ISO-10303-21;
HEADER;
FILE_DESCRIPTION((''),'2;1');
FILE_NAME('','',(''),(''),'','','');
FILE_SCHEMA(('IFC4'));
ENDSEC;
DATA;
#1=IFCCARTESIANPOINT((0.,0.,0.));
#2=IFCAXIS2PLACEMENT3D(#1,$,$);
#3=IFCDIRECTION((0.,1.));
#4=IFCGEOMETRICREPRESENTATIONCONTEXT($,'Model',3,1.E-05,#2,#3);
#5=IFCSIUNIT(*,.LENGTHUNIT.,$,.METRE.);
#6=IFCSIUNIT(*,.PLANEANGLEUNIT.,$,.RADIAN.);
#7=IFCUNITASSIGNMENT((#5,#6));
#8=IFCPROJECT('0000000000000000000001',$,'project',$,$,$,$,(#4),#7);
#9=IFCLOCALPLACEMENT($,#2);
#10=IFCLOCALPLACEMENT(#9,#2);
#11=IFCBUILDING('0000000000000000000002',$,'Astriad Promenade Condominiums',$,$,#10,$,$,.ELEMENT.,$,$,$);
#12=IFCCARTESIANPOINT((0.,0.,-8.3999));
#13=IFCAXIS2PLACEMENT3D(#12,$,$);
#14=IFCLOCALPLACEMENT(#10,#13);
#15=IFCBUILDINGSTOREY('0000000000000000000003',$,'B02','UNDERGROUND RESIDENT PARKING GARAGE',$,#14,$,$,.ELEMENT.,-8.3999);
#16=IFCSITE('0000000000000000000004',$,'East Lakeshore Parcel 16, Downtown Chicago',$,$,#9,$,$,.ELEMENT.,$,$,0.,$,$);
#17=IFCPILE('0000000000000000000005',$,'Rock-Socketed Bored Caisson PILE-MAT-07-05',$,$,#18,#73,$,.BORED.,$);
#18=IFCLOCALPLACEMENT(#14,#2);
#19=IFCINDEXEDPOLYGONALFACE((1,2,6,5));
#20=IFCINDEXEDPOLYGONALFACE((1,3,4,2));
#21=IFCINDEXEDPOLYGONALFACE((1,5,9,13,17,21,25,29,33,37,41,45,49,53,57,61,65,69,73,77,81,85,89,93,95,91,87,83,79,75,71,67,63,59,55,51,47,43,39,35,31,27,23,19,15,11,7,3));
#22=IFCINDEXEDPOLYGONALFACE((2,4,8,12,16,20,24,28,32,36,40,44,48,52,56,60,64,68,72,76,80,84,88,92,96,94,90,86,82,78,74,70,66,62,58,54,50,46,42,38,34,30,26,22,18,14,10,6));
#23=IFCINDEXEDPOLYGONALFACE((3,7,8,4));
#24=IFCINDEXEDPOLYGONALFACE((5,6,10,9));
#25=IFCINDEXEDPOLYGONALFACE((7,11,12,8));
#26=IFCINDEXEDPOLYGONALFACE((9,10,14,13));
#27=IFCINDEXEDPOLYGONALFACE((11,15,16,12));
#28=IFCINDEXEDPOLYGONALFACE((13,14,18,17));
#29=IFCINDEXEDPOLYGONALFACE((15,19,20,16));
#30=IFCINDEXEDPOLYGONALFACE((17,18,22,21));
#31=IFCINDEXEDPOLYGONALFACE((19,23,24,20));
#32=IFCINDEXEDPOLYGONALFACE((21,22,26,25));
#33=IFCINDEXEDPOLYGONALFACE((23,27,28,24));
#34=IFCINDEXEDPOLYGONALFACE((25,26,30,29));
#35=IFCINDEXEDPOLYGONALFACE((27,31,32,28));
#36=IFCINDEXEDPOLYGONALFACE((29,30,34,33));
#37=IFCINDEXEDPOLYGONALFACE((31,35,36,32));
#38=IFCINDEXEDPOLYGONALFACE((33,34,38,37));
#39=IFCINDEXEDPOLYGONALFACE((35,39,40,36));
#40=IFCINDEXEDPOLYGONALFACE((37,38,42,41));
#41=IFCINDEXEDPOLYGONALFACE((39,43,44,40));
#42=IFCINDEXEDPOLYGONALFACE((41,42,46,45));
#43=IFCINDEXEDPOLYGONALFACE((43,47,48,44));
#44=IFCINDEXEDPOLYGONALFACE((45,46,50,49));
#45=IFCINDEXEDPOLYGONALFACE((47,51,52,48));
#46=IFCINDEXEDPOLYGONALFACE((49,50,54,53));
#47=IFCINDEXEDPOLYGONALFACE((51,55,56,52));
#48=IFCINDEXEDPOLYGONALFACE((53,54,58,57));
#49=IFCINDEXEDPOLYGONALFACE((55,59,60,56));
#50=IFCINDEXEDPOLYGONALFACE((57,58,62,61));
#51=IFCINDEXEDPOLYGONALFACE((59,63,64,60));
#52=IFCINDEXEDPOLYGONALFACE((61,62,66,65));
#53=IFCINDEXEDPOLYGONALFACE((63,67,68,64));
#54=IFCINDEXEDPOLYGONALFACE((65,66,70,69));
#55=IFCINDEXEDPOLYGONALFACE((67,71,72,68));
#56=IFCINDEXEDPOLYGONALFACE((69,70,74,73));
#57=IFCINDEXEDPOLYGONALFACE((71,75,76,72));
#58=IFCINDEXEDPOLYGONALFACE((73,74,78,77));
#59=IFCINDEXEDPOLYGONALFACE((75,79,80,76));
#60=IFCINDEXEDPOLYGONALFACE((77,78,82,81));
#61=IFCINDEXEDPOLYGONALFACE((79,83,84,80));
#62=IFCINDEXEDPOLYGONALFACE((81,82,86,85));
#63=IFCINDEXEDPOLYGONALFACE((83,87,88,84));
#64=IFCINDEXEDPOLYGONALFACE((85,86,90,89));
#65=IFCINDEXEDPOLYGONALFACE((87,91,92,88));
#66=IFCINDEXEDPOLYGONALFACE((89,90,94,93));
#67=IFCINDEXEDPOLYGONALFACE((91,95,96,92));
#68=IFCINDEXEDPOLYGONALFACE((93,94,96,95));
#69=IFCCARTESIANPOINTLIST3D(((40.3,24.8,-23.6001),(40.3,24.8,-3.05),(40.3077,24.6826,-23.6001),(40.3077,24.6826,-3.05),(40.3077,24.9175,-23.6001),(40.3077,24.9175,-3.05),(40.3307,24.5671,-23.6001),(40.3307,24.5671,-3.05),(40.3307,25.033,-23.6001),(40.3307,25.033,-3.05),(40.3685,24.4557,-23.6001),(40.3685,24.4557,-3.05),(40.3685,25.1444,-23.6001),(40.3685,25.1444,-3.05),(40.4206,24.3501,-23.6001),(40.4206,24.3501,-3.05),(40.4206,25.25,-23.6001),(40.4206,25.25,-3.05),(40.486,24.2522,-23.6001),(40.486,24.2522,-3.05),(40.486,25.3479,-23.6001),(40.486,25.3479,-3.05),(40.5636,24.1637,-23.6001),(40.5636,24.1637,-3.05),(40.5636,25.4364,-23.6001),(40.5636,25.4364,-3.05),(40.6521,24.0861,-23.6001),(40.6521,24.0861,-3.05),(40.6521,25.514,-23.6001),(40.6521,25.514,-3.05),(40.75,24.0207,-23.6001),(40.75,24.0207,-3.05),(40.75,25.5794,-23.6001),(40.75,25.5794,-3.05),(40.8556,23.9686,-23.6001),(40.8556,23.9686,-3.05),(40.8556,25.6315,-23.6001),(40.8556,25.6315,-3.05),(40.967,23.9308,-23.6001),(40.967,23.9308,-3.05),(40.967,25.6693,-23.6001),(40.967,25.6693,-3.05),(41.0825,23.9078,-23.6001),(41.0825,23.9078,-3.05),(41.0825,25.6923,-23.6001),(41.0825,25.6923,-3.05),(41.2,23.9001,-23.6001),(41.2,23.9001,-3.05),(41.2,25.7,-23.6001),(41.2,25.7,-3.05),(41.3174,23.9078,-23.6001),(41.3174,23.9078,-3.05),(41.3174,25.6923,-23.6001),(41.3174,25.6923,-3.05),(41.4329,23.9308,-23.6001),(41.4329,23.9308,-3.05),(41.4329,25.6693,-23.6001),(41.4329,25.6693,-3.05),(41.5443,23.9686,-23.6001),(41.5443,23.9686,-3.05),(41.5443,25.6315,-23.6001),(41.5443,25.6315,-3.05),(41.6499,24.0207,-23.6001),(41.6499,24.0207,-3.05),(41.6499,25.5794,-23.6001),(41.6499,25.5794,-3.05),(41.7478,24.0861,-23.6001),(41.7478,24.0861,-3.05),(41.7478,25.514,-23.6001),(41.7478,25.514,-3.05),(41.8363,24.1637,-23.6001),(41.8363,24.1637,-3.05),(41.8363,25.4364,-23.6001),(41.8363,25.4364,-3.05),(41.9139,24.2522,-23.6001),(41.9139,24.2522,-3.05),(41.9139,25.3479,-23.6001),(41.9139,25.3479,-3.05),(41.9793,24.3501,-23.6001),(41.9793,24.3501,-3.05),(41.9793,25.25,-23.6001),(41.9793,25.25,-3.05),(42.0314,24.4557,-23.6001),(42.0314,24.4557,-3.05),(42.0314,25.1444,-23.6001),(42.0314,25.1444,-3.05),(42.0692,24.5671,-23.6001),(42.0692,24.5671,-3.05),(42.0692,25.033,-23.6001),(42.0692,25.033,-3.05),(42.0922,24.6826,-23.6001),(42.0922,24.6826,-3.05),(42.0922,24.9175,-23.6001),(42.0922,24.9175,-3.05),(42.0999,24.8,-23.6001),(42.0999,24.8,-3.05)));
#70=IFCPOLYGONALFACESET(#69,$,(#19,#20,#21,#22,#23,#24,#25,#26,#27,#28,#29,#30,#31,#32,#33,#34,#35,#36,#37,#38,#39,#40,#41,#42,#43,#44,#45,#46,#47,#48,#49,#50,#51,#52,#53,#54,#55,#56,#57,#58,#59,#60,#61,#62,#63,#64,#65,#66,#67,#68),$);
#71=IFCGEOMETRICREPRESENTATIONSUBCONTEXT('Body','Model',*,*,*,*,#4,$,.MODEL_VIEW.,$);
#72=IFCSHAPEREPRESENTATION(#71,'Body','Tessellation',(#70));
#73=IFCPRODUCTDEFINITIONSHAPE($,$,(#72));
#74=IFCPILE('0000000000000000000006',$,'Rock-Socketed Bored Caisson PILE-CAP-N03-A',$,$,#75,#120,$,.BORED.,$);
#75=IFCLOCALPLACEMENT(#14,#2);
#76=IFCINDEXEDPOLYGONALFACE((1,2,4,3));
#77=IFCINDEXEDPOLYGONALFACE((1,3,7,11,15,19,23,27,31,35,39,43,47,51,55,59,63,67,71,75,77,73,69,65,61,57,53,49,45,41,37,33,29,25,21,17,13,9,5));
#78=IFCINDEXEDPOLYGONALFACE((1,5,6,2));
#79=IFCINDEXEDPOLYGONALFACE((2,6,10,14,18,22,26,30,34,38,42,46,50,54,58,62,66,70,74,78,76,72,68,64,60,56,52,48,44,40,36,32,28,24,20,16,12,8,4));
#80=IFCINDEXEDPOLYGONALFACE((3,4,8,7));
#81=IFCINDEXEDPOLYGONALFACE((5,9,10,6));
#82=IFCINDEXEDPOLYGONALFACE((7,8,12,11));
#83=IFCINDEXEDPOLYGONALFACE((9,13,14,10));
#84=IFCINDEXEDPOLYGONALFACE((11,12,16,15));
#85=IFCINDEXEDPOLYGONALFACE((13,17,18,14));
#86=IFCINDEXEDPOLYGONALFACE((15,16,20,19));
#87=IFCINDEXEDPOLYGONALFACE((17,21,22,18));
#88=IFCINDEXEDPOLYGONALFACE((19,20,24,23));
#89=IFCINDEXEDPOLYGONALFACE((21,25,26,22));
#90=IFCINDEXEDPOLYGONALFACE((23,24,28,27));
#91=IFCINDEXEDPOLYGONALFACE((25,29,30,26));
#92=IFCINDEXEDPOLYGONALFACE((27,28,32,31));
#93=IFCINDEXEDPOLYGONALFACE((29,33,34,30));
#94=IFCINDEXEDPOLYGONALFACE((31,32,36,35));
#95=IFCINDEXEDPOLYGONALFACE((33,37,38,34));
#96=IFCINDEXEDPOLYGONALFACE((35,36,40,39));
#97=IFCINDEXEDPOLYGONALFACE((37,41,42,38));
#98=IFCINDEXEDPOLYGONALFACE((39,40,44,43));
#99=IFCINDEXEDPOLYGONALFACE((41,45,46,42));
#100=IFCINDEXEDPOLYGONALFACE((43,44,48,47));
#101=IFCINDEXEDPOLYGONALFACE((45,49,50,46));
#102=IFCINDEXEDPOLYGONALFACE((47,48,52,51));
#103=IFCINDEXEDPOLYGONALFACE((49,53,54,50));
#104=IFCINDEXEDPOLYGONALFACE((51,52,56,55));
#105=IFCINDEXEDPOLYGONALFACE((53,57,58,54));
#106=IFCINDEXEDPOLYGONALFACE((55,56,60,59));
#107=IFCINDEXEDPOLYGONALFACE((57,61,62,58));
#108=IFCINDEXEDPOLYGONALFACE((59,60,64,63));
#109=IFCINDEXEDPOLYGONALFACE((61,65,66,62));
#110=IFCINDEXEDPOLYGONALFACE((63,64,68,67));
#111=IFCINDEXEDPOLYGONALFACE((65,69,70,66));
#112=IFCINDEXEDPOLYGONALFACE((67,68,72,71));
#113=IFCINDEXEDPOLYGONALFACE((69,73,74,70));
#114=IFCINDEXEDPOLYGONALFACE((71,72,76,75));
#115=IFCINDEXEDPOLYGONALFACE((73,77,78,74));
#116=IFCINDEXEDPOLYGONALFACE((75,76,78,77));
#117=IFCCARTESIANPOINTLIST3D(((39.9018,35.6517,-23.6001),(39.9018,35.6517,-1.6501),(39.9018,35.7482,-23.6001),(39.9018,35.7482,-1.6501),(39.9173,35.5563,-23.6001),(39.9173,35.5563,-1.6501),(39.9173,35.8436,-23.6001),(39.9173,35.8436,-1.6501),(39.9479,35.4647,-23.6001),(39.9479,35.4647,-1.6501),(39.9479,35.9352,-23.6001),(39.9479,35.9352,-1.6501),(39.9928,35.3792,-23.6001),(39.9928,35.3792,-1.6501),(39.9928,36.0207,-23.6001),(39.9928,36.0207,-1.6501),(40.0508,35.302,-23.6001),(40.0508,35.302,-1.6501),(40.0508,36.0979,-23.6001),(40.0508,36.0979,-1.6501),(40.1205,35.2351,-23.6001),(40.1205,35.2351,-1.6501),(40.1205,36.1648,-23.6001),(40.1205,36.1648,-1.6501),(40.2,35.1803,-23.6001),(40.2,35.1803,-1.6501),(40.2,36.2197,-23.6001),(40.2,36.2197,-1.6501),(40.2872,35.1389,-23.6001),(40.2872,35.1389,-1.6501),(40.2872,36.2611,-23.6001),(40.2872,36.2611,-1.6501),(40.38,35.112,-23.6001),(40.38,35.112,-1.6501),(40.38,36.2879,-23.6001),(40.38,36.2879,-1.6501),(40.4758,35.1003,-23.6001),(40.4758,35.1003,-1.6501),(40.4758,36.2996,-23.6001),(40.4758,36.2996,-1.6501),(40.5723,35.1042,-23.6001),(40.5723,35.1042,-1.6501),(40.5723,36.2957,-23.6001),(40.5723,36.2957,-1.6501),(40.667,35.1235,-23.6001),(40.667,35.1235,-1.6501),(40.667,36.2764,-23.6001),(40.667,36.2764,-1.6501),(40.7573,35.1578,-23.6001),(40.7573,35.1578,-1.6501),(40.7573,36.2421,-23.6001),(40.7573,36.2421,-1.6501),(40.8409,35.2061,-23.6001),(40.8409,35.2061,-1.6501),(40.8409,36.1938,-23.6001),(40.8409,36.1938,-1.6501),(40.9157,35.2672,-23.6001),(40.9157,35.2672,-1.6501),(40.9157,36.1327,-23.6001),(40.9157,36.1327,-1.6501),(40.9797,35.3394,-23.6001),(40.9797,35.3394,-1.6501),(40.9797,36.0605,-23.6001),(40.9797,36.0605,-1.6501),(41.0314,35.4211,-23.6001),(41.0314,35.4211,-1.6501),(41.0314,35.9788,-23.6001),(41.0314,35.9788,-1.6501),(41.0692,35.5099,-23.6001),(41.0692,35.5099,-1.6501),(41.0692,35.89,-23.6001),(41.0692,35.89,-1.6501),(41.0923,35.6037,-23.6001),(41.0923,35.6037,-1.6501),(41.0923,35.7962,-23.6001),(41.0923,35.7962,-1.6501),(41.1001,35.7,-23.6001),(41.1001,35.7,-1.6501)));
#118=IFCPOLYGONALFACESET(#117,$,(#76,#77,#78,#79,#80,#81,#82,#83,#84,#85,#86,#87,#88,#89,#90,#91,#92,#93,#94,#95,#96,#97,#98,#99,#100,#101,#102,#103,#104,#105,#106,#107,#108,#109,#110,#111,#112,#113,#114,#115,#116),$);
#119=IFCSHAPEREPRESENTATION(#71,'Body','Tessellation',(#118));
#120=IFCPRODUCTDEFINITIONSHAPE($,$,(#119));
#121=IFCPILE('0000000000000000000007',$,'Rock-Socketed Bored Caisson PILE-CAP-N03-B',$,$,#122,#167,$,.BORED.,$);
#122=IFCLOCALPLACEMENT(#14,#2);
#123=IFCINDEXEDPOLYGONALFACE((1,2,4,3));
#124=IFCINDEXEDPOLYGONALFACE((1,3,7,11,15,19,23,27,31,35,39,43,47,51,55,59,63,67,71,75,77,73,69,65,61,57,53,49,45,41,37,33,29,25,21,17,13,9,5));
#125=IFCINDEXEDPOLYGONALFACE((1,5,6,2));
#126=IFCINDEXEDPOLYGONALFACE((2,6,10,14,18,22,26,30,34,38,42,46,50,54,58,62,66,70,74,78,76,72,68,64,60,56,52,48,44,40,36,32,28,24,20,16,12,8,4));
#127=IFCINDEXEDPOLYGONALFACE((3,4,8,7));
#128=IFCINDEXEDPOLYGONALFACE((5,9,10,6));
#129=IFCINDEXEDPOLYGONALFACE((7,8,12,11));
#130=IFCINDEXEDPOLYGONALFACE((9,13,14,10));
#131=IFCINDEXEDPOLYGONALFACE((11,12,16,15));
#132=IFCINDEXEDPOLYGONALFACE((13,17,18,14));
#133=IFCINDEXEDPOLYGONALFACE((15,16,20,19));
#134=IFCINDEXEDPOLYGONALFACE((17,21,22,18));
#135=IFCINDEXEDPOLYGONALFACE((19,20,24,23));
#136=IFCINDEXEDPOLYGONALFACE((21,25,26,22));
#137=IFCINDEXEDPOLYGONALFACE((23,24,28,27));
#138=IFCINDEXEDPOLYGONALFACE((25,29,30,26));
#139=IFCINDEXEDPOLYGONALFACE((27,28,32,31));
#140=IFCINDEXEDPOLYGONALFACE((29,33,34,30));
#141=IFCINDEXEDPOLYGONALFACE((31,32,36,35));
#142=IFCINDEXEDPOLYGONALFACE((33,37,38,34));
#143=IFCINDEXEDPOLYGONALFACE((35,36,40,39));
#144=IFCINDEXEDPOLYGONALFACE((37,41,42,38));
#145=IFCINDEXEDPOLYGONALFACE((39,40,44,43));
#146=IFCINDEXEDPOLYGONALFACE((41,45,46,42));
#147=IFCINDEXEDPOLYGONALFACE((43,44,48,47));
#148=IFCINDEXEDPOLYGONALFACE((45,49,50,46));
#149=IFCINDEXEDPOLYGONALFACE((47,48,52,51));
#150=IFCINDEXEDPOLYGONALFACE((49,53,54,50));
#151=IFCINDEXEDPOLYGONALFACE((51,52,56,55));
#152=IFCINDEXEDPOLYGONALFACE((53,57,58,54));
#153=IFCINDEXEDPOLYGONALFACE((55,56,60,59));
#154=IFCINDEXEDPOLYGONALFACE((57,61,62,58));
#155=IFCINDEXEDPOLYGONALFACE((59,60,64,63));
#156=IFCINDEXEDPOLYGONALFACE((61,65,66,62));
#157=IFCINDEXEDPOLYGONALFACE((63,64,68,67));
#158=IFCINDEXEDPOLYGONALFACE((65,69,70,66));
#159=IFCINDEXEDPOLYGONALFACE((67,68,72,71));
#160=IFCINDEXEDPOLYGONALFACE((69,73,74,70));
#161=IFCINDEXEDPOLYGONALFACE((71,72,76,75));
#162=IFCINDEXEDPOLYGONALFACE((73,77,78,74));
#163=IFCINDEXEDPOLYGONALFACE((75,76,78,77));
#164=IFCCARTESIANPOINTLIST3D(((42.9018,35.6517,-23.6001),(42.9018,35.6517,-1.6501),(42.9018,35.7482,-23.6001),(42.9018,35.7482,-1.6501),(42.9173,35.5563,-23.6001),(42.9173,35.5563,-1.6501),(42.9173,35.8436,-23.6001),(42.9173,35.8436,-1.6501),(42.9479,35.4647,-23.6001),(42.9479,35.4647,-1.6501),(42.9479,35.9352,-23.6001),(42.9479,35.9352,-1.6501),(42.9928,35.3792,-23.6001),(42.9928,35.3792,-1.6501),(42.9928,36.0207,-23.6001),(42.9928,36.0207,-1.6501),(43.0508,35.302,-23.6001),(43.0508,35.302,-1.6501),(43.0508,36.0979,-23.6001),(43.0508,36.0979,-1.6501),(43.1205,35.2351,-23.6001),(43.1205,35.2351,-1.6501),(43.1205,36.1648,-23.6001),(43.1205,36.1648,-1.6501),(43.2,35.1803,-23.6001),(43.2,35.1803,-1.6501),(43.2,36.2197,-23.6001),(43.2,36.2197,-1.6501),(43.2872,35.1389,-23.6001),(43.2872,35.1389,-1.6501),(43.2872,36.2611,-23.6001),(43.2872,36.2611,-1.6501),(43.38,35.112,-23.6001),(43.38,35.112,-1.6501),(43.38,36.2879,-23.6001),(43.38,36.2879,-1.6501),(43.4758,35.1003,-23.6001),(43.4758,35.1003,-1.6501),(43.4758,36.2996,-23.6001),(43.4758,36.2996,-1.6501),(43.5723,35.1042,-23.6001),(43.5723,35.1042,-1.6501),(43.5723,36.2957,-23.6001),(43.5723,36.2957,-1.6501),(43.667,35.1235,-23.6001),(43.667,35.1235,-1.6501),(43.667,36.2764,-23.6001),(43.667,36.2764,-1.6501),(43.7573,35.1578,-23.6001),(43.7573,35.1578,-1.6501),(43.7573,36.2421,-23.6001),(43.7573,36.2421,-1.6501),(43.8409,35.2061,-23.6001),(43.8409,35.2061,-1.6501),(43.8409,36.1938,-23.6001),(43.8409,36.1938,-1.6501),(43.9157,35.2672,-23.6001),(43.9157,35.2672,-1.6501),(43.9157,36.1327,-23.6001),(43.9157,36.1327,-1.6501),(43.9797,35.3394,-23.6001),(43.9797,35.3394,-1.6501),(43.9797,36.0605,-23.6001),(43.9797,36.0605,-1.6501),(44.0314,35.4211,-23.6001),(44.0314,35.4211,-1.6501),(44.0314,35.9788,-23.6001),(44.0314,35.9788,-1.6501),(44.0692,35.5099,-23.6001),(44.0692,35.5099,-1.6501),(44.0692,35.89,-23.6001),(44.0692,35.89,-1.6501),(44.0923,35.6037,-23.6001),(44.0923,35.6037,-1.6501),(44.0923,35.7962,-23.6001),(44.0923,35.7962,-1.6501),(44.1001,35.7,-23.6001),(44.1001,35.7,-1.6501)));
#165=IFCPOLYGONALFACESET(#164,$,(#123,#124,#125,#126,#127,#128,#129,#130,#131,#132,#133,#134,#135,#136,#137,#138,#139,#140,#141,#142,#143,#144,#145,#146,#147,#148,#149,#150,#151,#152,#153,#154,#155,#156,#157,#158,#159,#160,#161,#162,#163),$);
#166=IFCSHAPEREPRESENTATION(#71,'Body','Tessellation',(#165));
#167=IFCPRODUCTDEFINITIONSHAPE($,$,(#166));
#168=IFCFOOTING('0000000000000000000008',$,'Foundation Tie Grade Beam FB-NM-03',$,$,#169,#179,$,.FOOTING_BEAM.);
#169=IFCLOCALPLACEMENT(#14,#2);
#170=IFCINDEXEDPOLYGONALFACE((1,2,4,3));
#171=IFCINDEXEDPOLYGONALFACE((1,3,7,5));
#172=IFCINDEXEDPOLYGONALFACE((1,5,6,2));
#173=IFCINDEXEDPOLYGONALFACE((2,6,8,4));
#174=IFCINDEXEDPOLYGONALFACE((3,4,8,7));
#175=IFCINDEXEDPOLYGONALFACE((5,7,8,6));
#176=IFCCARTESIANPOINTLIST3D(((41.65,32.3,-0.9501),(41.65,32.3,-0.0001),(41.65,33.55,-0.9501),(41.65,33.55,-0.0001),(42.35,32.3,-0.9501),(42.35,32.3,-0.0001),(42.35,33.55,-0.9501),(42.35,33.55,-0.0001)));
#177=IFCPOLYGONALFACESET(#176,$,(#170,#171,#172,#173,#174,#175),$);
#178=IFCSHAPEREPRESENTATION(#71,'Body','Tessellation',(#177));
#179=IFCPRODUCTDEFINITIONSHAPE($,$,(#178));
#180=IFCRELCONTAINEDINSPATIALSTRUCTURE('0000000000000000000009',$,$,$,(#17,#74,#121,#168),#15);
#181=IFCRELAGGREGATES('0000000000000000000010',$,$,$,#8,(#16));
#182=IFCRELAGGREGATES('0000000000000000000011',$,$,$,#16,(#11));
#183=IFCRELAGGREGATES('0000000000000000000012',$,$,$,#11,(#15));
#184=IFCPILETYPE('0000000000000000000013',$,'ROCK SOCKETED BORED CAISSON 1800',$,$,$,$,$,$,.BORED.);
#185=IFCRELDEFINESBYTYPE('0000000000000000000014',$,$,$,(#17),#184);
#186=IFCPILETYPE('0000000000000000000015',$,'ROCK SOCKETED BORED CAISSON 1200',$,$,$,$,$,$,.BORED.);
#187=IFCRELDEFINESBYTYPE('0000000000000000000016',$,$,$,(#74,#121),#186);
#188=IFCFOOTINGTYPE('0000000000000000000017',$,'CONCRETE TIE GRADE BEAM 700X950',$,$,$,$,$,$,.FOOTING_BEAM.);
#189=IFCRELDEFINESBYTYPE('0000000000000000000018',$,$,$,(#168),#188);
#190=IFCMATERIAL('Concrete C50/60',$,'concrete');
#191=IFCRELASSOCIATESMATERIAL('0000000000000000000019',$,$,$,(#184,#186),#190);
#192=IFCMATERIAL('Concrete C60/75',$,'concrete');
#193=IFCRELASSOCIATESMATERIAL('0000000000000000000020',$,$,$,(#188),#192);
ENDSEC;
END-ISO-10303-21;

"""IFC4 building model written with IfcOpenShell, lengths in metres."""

from ifc_helpers import new_model, si_unit, direction, frame, origin, origin_2d, place, context, subcontext, project, spatial, rectangle, circle, extrude, source, transform, mapped, material, material_profile, profile_set, type_object, type_shapes, element, save


model = new_model("IFC4")

# Units and contexts
model_context = context("Model", 3, precision=1e-05, world=origin(), true_north=direction((0.0, 1.0)))
body_context = subcontext(model_context, "Body", "Model", "MODEL_VIEW")
ifc_project = project(units=[si_unit("LENGTHUNIT", "METRE"), si_unit("PLANEANGLEUNIT", "RADIAN")], contexts=[model_context])

# Site, building, storey
site_placement = place(None, origin())
site = spatial("IfcSite", under=ifc_project, at=site_placement, Name="East Lakeshore Parcel 16, Downtown Chicago", CompositionType="ELEMENT", RefElevation=0.0)
building_placement = place(site_placement, origin())
building = spatial("IfcBuilding", under=site, at=building_placement, Name="Astriad Promenade Condominiums", CompositionType="ELEMENT")
storey_placement = place(building_placement, frame((0.0, 0.0, -8.3999)))
storey = spatial("IfcBuildingStorey", under=building, at=storey_placement, Name="B02", Description="UNDERGROUND RESIDENT PARKING GARAGE", CompositionType="ELEMENT", Elevation=-8.3999)

# Piles
ifc_material_1 = material(Name="Concrete C50/60", Category="concrete")
ifc_material_profile_1 = material_profile(ifc_material_1, circle(Radius=0.8999, at=origin_2d()), Name="CAISSON-D1800")
ifc_profile_set_1 = profile_set([ifc_material_profile_1], Name="Concrete C50/60")
pile_type_1 = type_object("IfcPileType", Name="ROCK SOCKETED BORED CAISSON 1800", PredefinedType="BORED", material=ifc_profile_set_1)
shared_shape_1 = source(origin(), body_context, "Body", "SweptSolid", [
    extrude(circle(Radius=0.8999, at=origin_2d()), origin(), (0.0, 0.0, 1.0), 20.55),
])
type_shapes(pile_type_1, [shared_shape_1])
for number, where, z_axis, x_axis, name in (
    (1, (41.2, 24.8, -3.05), (0.0, 0.0, -1.0), (1.0, 0.0, 0.0), "Rock-Socketed Bored Caisson PILE-MAT-07-05"),
):
    element("IfcPile", number, at=place(storey_placement, frame(where, z_axis=z_axis, x_axis=x_axis)), inside=storey, type_object=pile_type_1, Name=name, PredefinedType="BORED", context=body_context, shape_type="MappedRepresentation", body=[
        mapped(shared_shape_1, transform((0.0, 0.0, 0.0), scale=1.0)),
    ])
ifc_material_profile_2 = material_profile(ifc_material_1, circle(Radius=0.6001, at=origin_2d()), Name="CAISSON-D1200")
ifc_profile_set_2 = profile_set([ifc_material_profile_2], Name="Concrete C50/60")
pile_type_2 = type_object("IfcPileType", Name="ROCK SOCKETED BORED CAISSON 1200", PredefinedType="BORED", material=ifc_profile_set_2)
shared_shape_2 = source(origin(), body_context, "Body", "SweptSolid", [
    extrude(circle(Radius=0.6001, at=origin_2d()), origin(), (0.0, 0.0, 1.0), 21.95),
])
type_shapes(pile_type_2, [shared_shape_2])
for number, where, z_axis, x_axis, name in (
    (2, (40.5, 35.7, -1.6501), (0.0, 0.0, -1.0), (1.0, 0.0, 0.0), "Rock-Socketed Bored Caisson PILE-CAP-N03-A"),
    (3, (43.5, 35.7, -1.6501), (0.0, 0.0, -1.0), (1.0, 0.0, 0.0), "Rock-Socketed Bored Caisson PILE-CAP-N03-B"),
):
    element("IfcPile", number, at=place(storey_placement, frame(where, z_axis=z_axis, x_axis=x_axis)), inside=storey, type_object=pile_type_2, Name=name, PredefinedType="BORED", context=body_context, shape_type="MappedRepresentation", body=[
        mapped(shared_shape_2, transform((0.0, 0.0, 0.0), scale=1.0)),
    ])

# Footing
ifc_material_2 = material(Name="Concrete C60/75", Category="concrete")
ifc_material_profile_3 = material_profile(ifc_material_2, rectangle(XDim=0.7, YDim=0.95, at=origin_2d()), Name="RC-BM-700X950")
ifc_profile_set_3 = profile_set([ifc_material_profile_3], Name="Concrete C60/75")
footing_type = type_object("IfcFootingType", Name="CONCRETE TIE GRADE BEAM 700X950", PredefinedType="FOOTING_BEAM", material=ifc_profile_set_3)
shared_shape_3 = source(origin(), body_context, "Body", "SweptSolid", [
    extrude(rectangle(XDim=0.7, YDim=0.95, at=origin_2d()), origin(), (0.0, 0.0, 1.0), 1.25),
])
type_shapes(footing_type, [shared_shape_3])
footing_placement = place(storey_placement, frame((42.0, 32.3, -0.4751), z_axis=(0.0, 1.0, 0.0), x_axis=(-1.0, 0.0, 0.0)))
element("IfcFooting", 4, at=footing_placement, inside=storey, type_object=footing_type, Name="Foundation Tie Grade Beam FB-NM-03", PredefinedType="FOOTING_BEAM", context=body_context, shape_type="MappedRepresentation", body=[
    mapped(shared_shape_3, transform((0.0, 0.0, 0.0), scale=1.0)),
])

save(model, "model.ifc")
